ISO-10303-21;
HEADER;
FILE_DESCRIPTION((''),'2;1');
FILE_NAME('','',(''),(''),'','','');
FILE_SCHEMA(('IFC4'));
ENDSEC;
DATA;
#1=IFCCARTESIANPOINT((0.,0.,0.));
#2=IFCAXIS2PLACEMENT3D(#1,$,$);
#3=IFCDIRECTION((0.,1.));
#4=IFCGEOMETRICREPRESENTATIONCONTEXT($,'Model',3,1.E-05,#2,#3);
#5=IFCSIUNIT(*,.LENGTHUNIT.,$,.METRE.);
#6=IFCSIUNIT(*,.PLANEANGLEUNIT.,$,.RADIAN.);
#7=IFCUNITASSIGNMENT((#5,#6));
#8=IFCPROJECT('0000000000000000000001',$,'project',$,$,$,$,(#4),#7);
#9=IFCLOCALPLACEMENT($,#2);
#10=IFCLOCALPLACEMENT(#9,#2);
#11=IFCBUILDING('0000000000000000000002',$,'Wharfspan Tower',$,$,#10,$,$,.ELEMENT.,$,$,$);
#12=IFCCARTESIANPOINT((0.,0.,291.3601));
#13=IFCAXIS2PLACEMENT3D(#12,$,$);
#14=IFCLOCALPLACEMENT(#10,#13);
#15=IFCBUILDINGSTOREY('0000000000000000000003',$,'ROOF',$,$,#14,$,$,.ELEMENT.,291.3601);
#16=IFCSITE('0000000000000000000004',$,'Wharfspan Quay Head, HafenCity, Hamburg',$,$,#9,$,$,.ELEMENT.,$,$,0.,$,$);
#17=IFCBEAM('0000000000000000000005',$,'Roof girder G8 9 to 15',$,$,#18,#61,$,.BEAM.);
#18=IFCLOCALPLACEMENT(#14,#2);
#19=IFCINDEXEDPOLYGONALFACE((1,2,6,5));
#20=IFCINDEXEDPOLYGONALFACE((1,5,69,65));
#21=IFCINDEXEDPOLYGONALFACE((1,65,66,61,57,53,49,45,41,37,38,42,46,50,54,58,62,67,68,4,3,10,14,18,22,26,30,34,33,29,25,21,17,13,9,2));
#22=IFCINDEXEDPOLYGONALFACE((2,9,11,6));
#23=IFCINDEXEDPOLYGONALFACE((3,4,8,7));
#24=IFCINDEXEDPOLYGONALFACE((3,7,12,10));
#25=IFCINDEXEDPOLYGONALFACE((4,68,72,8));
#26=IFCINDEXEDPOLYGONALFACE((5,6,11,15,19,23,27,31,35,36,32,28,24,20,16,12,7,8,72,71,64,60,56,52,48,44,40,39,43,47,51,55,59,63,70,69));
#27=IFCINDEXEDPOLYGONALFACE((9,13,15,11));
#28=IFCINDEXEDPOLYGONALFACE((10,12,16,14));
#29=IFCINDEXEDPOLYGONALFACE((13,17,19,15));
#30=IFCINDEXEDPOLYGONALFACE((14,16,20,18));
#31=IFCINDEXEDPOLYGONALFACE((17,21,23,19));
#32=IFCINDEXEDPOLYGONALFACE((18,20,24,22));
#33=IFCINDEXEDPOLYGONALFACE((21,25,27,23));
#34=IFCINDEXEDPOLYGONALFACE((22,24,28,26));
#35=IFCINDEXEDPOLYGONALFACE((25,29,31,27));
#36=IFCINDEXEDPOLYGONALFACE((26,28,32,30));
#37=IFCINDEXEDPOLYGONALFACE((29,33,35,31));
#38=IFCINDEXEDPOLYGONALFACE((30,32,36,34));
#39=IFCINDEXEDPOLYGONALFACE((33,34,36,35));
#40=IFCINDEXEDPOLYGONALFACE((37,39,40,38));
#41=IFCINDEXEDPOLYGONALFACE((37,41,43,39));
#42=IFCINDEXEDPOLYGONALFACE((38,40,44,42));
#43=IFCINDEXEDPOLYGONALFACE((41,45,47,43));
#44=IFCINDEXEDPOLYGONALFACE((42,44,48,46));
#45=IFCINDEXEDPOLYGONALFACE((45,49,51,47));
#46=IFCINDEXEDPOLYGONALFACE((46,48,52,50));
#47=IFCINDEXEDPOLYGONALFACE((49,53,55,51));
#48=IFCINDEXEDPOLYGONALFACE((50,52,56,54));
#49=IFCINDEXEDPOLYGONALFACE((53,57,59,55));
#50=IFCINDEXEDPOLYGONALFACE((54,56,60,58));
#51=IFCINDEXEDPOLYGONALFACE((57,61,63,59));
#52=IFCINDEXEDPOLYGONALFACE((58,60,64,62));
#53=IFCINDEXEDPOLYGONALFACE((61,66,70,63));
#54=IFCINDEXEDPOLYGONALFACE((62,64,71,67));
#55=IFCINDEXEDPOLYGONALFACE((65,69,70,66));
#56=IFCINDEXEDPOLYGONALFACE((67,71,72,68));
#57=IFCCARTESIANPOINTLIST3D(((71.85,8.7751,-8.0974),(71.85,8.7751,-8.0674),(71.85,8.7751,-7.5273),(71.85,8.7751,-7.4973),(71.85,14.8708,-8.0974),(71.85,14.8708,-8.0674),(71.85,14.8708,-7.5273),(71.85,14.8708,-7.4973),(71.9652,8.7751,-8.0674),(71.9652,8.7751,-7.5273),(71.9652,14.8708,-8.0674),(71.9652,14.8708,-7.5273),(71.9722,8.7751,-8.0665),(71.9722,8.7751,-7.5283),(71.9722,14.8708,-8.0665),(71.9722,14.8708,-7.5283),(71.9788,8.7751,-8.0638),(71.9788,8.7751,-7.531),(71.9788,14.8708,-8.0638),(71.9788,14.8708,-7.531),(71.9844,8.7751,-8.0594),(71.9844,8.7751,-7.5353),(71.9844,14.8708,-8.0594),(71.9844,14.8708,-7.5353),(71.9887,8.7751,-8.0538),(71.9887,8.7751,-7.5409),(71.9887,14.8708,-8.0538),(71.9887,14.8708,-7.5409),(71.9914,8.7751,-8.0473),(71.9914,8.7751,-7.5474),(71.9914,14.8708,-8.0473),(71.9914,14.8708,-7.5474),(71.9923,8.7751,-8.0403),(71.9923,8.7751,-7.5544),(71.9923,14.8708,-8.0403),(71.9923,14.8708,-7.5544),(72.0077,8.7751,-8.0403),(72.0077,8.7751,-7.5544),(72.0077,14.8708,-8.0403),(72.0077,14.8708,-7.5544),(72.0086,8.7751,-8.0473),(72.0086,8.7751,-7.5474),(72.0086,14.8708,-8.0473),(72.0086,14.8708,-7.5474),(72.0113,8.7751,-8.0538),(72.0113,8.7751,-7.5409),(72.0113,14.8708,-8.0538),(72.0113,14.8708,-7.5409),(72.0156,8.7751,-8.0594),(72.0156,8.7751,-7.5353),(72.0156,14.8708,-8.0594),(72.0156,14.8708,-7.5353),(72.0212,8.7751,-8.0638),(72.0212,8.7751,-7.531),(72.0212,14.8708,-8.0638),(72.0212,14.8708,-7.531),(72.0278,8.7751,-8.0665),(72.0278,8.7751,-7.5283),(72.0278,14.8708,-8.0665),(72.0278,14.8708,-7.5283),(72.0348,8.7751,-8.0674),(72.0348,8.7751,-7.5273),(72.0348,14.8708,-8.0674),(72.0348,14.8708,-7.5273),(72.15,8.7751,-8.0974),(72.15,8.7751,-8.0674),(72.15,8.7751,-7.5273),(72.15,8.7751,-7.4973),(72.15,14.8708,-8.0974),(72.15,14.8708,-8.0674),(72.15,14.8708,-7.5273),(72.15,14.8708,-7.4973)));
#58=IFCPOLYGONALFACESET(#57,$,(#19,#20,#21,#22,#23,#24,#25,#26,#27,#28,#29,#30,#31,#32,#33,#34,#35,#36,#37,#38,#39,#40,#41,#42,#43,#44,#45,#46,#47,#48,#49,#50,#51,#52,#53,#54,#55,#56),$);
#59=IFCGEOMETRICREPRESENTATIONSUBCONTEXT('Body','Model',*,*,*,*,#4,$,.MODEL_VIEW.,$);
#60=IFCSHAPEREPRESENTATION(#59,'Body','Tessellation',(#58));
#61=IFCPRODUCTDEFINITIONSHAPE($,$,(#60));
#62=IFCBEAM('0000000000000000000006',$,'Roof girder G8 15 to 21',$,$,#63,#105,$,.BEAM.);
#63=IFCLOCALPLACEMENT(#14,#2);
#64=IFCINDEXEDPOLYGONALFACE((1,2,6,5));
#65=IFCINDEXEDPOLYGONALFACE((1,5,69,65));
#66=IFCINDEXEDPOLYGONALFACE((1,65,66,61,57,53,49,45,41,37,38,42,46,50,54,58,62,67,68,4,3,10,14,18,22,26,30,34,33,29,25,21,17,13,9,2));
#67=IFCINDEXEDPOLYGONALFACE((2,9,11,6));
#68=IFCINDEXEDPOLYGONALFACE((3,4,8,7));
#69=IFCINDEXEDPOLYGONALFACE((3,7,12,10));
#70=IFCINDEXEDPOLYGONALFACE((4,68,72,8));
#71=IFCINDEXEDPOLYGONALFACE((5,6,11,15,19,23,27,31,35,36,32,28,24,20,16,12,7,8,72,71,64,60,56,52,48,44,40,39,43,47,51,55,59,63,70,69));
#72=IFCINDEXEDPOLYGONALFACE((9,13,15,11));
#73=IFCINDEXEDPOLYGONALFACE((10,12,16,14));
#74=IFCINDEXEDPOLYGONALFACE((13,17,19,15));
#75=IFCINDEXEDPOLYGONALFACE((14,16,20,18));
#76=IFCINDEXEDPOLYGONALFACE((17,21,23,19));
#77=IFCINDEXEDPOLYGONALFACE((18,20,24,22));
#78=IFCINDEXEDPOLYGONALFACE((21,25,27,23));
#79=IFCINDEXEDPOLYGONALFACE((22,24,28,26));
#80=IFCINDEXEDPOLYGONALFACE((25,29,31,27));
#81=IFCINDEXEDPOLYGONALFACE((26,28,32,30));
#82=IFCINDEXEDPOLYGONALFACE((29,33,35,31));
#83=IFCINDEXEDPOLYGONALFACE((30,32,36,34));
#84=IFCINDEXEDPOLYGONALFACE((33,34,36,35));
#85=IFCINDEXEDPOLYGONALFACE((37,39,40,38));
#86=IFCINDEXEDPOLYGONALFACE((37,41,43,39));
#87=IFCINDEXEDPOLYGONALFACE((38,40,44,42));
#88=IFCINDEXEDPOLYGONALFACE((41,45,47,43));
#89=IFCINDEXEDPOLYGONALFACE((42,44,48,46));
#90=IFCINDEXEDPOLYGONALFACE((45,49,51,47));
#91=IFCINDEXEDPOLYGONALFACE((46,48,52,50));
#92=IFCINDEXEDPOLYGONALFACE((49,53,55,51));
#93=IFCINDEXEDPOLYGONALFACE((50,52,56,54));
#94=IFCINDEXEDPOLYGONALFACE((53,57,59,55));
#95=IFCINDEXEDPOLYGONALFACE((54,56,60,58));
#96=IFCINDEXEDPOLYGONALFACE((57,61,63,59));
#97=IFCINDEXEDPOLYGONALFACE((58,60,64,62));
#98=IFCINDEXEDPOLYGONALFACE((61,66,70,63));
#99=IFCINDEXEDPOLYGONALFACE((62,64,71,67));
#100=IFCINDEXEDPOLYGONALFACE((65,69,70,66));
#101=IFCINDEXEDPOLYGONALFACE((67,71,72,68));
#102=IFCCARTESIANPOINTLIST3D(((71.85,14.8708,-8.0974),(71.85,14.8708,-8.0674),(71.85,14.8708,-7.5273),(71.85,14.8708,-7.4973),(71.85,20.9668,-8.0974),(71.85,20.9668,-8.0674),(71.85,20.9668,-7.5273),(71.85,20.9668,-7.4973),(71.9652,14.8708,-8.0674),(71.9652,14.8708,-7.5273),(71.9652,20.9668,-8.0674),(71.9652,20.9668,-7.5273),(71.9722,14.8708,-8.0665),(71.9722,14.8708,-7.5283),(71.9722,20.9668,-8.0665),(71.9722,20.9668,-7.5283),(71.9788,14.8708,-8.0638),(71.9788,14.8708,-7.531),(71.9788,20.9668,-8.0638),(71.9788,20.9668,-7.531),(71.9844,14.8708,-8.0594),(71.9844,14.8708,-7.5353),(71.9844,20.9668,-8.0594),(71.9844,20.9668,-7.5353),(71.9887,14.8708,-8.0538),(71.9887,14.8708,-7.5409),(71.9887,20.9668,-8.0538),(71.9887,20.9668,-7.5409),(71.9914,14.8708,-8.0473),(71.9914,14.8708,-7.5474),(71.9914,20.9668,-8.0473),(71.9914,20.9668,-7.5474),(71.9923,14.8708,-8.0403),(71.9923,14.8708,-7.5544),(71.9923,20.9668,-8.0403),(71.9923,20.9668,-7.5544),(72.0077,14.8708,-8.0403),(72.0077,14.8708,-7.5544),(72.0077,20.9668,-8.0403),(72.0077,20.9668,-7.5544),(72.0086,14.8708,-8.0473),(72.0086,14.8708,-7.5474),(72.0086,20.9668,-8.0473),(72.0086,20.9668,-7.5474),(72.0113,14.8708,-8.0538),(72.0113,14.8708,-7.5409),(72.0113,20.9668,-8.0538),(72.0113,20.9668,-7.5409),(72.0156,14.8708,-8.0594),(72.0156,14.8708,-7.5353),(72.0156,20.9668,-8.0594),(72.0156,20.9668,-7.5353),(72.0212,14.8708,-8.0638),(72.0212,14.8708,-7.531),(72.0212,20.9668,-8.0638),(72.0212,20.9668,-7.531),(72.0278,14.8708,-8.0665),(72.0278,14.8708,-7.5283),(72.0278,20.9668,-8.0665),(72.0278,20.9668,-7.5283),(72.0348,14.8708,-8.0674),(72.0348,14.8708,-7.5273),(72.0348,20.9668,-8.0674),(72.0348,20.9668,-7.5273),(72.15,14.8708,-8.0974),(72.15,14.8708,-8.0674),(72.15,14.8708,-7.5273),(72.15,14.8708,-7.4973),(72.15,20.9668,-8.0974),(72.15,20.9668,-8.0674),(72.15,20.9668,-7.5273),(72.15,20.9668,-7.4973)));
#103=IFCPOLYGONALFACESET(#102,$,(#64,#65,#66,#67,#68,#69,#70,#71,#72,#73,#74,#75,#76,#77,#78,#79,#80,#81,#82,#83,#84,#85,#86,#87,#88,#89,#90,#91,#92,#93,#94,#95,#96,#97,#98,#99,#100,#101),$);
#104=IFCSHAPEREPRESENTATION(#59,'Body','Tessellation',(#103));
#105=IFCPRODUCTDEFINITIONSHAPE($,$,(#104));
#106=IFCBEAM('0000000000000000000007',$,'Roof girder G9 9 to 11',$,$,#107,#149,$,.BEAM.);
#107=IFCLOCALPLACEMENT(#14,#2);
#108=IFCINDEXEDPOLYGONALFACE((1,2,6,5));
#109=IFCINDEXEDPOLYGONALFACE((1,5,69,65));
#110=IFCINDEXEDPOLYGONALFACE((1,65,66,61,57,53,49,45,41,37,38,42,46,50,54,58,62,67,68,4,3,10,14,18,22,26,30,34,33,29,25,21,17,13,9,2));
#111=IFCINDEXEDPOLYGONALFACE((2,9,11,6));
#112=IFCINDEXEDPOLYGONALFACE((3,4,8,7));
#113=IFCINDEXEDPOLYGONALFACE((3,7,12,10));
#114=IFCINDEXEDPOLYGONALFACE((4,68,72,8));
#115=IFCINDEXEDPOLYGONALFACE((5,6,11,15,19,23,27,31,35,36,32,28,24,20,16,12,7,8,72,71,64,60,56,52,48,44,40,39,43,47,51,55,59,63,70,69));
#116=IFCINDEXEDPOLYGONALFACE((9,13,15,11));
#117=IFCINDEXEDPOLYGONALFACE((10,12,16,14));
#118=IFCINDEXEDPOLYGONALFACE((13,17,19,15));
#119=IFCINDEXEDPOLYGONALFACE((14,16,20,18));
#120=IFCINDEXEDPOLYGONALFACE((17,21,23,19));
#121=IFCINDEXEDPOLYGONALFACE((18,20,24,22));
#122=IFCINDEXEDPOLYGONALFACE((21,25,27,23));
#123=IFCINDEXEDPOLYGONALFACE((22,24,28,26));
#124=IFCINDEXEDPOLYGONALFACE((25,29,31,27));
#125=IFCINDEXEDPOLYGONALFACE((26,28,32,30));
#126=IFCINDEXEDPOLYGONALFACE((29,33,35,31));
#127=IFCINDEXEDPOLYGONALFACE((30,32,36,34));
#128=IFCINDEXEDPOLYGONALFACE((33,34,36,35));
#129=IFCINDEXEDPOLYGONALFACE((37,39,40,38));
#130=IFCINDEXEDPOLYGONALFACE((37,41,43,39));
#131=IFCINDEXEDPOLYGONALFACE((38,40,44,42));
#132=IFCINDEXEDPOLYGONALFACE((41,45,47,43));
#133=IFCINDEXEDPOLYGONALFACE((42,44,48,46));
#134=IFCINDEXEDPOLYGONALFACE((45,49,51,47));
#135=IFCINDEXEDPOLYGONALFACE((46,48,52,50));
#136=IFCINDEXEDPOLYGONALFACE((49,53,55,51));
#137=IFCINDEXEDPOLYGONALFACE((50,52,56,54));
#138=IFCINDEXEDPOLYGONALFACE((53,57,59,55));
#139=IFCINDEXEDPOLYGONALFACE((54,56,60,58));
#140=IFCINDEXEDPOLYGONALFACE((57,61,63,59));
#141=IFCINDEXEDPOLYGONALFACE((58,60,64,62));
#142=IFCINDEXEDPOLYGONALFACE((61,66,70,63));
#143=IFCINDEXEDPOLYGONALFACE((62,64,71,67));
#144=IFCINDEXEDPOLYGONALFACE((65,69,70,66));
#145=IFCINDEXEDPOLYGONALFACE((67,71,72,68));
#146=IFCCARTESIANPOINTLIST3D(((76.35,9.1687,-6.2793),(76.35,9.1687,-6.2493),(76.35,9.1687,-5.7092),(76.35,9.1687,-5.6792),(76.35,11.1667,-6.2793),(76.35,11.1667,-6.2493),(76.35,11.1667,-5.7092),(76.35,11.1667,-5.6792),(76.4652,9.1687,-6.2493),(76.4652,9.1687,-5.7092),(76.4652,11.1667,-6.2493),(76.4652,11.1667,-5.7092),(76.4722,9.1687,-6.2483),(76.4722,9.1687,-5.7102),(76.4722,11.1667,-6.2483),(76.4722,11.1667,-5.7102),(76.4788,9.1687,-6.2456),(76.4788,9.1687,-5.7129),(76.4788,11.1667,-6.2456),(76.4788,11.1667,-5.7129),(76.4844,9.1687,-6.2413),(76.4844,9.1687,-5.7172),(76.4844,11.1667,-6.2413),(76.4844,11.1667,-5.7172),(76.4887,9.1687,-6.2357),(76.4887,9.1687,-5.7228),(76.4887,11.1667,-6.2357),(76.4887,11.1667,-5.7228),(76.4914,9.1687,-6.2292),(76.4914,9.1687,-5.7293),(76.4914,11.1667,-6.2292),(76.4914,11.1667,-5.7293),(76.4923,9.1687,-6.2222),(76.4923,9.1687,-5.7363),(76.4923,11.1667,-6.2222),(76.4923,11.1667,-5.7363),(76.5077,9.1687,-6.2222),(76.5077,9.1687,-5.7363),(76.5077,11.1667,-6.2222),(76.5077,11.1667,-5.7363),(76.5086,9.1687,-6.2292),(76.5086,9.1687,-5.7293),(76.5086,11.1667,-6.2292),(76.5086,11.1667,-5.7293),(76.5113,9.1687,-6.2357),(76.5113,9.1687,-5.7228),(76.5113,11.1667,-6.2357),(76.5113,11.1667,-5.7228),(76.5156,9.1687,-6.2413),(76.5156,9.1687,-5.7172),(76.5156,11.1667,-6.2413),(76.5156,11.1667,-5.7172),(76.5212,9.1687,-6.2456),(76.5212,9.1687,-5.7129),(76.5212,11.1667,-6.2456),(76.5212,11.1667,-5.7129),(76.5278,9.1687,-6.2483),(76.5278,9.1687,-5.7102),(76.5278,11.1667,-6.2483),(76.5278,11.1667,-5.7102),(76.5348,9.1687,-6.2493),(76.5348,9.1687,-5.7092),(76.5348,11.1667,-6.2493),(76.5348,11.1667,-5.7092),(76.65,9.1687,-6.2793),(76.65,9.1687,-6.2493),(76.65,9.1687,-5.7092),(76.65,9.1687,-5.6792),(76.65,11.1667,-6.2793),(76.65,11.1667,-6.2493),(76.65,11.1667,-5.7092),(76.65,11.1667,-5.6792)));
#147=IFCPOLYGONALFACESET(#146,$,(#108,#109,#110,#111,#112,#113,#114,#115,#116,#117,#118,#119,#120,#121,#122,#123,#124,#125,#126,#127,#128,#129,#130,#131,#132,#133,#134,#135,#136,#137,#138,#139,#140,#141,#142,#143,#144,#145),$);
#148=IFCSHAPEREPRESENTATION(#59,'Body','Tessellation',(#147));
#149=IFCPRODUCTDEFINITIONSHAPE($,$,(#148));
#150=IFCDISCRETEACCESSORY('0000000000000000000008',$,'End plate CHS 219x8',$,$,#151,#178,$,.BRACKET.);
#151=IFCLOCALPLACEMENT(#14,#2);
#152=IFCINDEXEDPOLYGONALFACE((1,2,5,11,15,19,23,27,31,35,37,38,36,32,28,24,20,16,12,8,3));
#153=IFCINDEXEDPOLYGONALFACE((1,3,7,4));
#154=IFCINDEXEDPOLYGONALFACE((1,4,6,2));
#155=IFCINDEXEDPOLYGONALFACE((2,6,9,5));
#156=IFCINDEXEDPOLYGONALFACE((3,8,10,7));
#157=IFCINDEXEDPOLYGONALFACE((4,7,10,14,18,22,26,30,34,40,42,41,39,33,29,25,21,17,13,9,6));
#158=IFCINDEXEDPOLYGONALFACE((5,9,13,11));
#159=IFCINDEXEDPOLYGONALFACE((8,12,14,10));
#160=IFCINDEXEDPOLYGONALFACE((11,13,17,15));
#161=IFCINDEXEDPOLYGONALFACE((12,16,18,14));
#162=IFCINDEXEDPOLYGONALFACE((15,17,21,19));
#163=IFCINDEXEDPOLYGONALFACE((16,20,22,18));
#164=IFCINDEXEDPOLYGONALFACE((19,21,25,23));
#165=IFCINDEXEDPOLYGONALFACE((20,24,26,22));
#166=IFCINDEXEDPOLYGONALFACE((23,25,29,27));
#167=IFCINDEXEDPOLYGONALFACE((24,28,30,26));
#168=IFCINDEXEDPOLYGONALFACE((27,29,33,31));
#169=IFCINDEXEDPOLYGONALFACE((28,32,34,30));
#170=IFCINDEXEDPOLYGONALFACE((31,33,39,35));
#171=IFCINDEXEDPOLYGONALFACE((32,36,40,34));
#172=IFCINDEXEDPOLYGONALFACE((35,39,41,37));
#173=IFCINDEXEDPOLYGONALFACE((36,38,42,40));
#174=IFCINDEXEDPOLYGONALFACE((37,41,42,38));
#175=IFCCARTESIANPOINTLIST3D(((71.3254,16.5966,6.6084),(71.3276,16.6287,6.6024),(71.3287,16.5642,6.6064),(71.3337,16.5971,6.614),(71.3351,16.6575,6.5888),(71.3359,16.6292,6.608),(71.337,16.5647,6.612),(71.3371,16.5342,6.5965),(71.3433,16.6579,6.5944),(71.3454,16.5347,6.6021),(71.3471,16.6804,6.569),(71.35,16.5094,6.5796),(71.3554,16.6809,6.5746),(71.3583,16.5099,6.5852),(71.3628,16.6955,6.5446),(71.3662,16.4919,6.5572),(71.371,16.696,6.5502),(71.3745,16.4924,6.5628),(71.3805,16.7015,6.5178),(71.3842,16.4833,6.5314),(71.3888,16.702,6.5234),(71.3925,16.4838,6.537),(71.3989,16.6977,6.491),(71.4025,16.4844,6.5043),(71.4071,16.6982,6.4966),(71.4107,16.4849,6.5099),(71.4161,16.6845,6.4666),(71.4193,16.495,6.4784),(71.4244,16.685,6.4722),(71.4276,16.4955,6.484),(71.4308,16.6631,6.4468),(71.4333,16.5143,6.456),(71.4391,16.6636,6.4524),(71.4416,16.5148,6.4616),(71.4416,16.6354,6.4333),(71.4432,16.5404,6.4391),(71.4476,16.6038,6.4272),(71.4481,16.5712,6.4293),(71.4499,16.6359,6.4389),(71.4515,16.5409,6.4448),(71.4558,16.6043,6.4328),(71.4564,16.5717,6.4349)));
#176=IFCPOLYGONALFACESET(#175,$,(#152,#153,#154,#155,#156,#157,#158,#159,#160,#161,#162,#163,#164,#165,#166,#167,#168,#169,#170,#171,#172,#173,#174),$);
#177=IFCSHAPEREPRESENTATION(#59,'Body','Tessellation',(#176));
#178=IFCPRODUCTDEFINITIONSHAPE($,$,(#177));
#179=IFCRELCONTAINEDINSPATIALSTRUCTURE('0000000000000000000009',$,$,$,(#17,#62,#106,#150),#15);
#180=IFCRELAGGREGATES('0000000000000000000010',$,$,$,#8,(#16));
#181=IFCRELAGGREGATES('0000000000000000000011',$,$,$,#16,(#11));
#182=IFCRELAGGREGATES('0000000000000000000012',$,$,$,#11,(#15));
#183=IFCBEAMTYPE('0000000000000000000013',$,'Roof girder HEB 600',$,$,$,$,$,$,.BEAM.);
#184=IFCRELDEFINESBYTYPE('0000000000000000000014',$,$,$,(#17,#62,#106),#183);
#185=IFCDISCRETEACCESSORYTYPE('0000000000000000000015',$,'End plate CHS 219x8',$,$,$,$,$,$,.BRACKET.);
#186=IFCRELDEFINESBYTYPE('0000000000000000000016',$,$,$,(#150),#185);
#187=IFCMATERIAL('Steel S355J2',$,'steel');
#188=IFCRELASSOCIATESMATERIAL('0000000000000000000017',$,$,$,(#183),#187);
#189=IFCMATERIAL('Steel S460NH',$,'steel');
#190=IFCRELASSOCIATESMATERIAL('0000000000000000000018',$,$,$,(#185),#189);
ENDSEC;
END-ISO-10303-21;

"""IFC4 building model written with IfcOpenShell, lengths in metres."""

from ifc_helpers import new_model, si_unit, direction, frame, origin, origin_2d, place, context, subcontext, project, spatial, circle, i_section, extrude, material, material_profile, profile_set, type_object, element, save


model = new_model("IFC4")

# Units and contexts
model_context = context("Model", 3, precision=1e-05, world=origin(), true_north=direction((0.0, 1.0)))
body_context = subcontext(model_context, "Body", "Model", "MODEL_VIEW")
ifc_project = project(units=[si_unit("LENGTHUNIT", "METRE"), si_unit("PLANEANGLEUNIT", "RADIAN")], contexts=[model_context])

# Site, building, storey
site_placement = place(None, origin())
site = spatial("IfcSite", under=ifc_project, at=site_placement, Name="Wharfspan Quay Head, HafenCity, Hamburg", CompositionType="ELEMENT", RefElevation=0.0)
building_placement = place(site_placement, origin())
building = spatial("IfcBuilding", under=site, at=building_placement, Name="Wharfspan Tower", CompositionType="ELEMENT")
storey_placement = place(building_placement, frame((0.0, 0.0, 291.3601)))
storey = spatial("IfcBuildingStorey", under=building, at=storey_placement, Name="ROOF", CompositionType="ELEMENT", Elevation=291.3601)

# Shared definitions
ifc_material_1 = material(Name="Steel S460NH", Category="steel")

# Beams
ifc_material_2 = material(Name="Steel S355J2", Category="steel")
ifc_material_profile_1 = material_profile(ifc_material_2, i_section(OverallWidth=0.3, OverallDepth=0.6001, WebThickness=0.0154, FlangeThickness=0.03, FilletRadius=0.0271, at=origin_2d()))
ifc_profile_set_1 = profile_set([ifc_material_profile_1], Name="Steel S355J2")
beam_type_1 = type_object("IfcBeamType", Name="Roof girder HEB 600", PredefinedType="BEAM", material=ifc_profile_set_1)
beam_1_placement = place(storey_placement, frame((72.0, 8.7751, -7.7974), z_axis=(0.0, 1.0, 0.0), x_axis=(-1.0, 0.0, 0.0)))
element("IfcBeam", 1, at=beam_1_placement, inside=storey, type_object=beam_type_1, Name="Roof girder G8 9 to 15", PredefinedType="BEAM", context=body_context, shape_type="SweptSolid", body=[
    extrude(i_section(OverallWidth=0.3, OverallDepth=0.6001, WebThickness=0.0154, FlangeThickness=0.03, FilletRadius=0.0271, at=origin_2d()), origin(), (0.0, 0.0, 1.0), 6.0957),
])
beam_2_placement = place(storey_placement, frame((72.0, 14.8709, -7.7974), z_axis=(0.0, 1.0, 0.0), x_axis=(-1.0, 0.0, 0.0)))
element("IfcBeam", 2, at=beam_2_placement, inside=storey, type_object=beam_type_1, Name="Roof girder G8 15 to 21", PredefinedType="BEAM", context=body_context, shape_type="SweptSolid", body=[
    extrude(i_section(OverallWidth=0.3, OverallDepth=0.6001, WebThickness=0.0154, FlangeThickness=0.03, FilletRadius=0.0271, at=origin_2d()), origin(), (0.0, 0.0, 1.0), 6.0959),
])
beam_3_placement = place(storey_placement, frame((76.5, 9.1687, -5.9792), z_axis=(0.0, 1.0, 0.0), x_axis=(-1.0, 0.0, 0.0)))
element("IfcBeam", 3, at=beam_3_placement, inside=storey, type_object=beam_type_1, Name="Roof girder G9 9 to 11", PredefinedType="BEAM", context=body_context, shape_type="SweptSolid", body=[
    extrude(i_section(OverallWidth=0.3, OverallDepth=0.6001, WebThickness=0.0154, FlangeThickness=0.03, FilletRadius=0.0271, at=origin_2d()), origin(), (0.0, 0.0, 1.0), 1.998),
])

# Discrete accessory
ifc_material_profile_2 = material_profile(ifc_material_1, circle(Radius=0.1096, at=origin_2d()))
ifc_profile_set_2 = profile_set([ifc_material_profile_2], Name="Steel S460NH")
discrete_accessory_type_1 = type_object("IfcDiscreteAccessoryType", Name="End plate CHS 219x8", PredefinedType="BRACKET", material=ifc_profile_set_2)
for number, where, z_axis, x_axis, name in (
    (4, (71.387, 16.592, 6.5178), (0.827302, 0.048665, 0.559645), (-0.058723, 0.998276, 0.000001), "End plate CHS 219x8"),
):
    element("IfcDiscreteAccessory", number, at=place(storey_placement, frame(where, z_axis=z_axis, x_axis=x_axis)), inside=storey, type_object=discrete_accessory_type_1, Name=name, PredefinedType="BRACKET", context=body_context, shape_type="SweptSolid", body=[
        extrude(circle(Radius=0.1096, at=origin_2d()), origin(), (0.0, 0.0, 1.0), 0.01),
    ])

save(model, "model.ifc")
